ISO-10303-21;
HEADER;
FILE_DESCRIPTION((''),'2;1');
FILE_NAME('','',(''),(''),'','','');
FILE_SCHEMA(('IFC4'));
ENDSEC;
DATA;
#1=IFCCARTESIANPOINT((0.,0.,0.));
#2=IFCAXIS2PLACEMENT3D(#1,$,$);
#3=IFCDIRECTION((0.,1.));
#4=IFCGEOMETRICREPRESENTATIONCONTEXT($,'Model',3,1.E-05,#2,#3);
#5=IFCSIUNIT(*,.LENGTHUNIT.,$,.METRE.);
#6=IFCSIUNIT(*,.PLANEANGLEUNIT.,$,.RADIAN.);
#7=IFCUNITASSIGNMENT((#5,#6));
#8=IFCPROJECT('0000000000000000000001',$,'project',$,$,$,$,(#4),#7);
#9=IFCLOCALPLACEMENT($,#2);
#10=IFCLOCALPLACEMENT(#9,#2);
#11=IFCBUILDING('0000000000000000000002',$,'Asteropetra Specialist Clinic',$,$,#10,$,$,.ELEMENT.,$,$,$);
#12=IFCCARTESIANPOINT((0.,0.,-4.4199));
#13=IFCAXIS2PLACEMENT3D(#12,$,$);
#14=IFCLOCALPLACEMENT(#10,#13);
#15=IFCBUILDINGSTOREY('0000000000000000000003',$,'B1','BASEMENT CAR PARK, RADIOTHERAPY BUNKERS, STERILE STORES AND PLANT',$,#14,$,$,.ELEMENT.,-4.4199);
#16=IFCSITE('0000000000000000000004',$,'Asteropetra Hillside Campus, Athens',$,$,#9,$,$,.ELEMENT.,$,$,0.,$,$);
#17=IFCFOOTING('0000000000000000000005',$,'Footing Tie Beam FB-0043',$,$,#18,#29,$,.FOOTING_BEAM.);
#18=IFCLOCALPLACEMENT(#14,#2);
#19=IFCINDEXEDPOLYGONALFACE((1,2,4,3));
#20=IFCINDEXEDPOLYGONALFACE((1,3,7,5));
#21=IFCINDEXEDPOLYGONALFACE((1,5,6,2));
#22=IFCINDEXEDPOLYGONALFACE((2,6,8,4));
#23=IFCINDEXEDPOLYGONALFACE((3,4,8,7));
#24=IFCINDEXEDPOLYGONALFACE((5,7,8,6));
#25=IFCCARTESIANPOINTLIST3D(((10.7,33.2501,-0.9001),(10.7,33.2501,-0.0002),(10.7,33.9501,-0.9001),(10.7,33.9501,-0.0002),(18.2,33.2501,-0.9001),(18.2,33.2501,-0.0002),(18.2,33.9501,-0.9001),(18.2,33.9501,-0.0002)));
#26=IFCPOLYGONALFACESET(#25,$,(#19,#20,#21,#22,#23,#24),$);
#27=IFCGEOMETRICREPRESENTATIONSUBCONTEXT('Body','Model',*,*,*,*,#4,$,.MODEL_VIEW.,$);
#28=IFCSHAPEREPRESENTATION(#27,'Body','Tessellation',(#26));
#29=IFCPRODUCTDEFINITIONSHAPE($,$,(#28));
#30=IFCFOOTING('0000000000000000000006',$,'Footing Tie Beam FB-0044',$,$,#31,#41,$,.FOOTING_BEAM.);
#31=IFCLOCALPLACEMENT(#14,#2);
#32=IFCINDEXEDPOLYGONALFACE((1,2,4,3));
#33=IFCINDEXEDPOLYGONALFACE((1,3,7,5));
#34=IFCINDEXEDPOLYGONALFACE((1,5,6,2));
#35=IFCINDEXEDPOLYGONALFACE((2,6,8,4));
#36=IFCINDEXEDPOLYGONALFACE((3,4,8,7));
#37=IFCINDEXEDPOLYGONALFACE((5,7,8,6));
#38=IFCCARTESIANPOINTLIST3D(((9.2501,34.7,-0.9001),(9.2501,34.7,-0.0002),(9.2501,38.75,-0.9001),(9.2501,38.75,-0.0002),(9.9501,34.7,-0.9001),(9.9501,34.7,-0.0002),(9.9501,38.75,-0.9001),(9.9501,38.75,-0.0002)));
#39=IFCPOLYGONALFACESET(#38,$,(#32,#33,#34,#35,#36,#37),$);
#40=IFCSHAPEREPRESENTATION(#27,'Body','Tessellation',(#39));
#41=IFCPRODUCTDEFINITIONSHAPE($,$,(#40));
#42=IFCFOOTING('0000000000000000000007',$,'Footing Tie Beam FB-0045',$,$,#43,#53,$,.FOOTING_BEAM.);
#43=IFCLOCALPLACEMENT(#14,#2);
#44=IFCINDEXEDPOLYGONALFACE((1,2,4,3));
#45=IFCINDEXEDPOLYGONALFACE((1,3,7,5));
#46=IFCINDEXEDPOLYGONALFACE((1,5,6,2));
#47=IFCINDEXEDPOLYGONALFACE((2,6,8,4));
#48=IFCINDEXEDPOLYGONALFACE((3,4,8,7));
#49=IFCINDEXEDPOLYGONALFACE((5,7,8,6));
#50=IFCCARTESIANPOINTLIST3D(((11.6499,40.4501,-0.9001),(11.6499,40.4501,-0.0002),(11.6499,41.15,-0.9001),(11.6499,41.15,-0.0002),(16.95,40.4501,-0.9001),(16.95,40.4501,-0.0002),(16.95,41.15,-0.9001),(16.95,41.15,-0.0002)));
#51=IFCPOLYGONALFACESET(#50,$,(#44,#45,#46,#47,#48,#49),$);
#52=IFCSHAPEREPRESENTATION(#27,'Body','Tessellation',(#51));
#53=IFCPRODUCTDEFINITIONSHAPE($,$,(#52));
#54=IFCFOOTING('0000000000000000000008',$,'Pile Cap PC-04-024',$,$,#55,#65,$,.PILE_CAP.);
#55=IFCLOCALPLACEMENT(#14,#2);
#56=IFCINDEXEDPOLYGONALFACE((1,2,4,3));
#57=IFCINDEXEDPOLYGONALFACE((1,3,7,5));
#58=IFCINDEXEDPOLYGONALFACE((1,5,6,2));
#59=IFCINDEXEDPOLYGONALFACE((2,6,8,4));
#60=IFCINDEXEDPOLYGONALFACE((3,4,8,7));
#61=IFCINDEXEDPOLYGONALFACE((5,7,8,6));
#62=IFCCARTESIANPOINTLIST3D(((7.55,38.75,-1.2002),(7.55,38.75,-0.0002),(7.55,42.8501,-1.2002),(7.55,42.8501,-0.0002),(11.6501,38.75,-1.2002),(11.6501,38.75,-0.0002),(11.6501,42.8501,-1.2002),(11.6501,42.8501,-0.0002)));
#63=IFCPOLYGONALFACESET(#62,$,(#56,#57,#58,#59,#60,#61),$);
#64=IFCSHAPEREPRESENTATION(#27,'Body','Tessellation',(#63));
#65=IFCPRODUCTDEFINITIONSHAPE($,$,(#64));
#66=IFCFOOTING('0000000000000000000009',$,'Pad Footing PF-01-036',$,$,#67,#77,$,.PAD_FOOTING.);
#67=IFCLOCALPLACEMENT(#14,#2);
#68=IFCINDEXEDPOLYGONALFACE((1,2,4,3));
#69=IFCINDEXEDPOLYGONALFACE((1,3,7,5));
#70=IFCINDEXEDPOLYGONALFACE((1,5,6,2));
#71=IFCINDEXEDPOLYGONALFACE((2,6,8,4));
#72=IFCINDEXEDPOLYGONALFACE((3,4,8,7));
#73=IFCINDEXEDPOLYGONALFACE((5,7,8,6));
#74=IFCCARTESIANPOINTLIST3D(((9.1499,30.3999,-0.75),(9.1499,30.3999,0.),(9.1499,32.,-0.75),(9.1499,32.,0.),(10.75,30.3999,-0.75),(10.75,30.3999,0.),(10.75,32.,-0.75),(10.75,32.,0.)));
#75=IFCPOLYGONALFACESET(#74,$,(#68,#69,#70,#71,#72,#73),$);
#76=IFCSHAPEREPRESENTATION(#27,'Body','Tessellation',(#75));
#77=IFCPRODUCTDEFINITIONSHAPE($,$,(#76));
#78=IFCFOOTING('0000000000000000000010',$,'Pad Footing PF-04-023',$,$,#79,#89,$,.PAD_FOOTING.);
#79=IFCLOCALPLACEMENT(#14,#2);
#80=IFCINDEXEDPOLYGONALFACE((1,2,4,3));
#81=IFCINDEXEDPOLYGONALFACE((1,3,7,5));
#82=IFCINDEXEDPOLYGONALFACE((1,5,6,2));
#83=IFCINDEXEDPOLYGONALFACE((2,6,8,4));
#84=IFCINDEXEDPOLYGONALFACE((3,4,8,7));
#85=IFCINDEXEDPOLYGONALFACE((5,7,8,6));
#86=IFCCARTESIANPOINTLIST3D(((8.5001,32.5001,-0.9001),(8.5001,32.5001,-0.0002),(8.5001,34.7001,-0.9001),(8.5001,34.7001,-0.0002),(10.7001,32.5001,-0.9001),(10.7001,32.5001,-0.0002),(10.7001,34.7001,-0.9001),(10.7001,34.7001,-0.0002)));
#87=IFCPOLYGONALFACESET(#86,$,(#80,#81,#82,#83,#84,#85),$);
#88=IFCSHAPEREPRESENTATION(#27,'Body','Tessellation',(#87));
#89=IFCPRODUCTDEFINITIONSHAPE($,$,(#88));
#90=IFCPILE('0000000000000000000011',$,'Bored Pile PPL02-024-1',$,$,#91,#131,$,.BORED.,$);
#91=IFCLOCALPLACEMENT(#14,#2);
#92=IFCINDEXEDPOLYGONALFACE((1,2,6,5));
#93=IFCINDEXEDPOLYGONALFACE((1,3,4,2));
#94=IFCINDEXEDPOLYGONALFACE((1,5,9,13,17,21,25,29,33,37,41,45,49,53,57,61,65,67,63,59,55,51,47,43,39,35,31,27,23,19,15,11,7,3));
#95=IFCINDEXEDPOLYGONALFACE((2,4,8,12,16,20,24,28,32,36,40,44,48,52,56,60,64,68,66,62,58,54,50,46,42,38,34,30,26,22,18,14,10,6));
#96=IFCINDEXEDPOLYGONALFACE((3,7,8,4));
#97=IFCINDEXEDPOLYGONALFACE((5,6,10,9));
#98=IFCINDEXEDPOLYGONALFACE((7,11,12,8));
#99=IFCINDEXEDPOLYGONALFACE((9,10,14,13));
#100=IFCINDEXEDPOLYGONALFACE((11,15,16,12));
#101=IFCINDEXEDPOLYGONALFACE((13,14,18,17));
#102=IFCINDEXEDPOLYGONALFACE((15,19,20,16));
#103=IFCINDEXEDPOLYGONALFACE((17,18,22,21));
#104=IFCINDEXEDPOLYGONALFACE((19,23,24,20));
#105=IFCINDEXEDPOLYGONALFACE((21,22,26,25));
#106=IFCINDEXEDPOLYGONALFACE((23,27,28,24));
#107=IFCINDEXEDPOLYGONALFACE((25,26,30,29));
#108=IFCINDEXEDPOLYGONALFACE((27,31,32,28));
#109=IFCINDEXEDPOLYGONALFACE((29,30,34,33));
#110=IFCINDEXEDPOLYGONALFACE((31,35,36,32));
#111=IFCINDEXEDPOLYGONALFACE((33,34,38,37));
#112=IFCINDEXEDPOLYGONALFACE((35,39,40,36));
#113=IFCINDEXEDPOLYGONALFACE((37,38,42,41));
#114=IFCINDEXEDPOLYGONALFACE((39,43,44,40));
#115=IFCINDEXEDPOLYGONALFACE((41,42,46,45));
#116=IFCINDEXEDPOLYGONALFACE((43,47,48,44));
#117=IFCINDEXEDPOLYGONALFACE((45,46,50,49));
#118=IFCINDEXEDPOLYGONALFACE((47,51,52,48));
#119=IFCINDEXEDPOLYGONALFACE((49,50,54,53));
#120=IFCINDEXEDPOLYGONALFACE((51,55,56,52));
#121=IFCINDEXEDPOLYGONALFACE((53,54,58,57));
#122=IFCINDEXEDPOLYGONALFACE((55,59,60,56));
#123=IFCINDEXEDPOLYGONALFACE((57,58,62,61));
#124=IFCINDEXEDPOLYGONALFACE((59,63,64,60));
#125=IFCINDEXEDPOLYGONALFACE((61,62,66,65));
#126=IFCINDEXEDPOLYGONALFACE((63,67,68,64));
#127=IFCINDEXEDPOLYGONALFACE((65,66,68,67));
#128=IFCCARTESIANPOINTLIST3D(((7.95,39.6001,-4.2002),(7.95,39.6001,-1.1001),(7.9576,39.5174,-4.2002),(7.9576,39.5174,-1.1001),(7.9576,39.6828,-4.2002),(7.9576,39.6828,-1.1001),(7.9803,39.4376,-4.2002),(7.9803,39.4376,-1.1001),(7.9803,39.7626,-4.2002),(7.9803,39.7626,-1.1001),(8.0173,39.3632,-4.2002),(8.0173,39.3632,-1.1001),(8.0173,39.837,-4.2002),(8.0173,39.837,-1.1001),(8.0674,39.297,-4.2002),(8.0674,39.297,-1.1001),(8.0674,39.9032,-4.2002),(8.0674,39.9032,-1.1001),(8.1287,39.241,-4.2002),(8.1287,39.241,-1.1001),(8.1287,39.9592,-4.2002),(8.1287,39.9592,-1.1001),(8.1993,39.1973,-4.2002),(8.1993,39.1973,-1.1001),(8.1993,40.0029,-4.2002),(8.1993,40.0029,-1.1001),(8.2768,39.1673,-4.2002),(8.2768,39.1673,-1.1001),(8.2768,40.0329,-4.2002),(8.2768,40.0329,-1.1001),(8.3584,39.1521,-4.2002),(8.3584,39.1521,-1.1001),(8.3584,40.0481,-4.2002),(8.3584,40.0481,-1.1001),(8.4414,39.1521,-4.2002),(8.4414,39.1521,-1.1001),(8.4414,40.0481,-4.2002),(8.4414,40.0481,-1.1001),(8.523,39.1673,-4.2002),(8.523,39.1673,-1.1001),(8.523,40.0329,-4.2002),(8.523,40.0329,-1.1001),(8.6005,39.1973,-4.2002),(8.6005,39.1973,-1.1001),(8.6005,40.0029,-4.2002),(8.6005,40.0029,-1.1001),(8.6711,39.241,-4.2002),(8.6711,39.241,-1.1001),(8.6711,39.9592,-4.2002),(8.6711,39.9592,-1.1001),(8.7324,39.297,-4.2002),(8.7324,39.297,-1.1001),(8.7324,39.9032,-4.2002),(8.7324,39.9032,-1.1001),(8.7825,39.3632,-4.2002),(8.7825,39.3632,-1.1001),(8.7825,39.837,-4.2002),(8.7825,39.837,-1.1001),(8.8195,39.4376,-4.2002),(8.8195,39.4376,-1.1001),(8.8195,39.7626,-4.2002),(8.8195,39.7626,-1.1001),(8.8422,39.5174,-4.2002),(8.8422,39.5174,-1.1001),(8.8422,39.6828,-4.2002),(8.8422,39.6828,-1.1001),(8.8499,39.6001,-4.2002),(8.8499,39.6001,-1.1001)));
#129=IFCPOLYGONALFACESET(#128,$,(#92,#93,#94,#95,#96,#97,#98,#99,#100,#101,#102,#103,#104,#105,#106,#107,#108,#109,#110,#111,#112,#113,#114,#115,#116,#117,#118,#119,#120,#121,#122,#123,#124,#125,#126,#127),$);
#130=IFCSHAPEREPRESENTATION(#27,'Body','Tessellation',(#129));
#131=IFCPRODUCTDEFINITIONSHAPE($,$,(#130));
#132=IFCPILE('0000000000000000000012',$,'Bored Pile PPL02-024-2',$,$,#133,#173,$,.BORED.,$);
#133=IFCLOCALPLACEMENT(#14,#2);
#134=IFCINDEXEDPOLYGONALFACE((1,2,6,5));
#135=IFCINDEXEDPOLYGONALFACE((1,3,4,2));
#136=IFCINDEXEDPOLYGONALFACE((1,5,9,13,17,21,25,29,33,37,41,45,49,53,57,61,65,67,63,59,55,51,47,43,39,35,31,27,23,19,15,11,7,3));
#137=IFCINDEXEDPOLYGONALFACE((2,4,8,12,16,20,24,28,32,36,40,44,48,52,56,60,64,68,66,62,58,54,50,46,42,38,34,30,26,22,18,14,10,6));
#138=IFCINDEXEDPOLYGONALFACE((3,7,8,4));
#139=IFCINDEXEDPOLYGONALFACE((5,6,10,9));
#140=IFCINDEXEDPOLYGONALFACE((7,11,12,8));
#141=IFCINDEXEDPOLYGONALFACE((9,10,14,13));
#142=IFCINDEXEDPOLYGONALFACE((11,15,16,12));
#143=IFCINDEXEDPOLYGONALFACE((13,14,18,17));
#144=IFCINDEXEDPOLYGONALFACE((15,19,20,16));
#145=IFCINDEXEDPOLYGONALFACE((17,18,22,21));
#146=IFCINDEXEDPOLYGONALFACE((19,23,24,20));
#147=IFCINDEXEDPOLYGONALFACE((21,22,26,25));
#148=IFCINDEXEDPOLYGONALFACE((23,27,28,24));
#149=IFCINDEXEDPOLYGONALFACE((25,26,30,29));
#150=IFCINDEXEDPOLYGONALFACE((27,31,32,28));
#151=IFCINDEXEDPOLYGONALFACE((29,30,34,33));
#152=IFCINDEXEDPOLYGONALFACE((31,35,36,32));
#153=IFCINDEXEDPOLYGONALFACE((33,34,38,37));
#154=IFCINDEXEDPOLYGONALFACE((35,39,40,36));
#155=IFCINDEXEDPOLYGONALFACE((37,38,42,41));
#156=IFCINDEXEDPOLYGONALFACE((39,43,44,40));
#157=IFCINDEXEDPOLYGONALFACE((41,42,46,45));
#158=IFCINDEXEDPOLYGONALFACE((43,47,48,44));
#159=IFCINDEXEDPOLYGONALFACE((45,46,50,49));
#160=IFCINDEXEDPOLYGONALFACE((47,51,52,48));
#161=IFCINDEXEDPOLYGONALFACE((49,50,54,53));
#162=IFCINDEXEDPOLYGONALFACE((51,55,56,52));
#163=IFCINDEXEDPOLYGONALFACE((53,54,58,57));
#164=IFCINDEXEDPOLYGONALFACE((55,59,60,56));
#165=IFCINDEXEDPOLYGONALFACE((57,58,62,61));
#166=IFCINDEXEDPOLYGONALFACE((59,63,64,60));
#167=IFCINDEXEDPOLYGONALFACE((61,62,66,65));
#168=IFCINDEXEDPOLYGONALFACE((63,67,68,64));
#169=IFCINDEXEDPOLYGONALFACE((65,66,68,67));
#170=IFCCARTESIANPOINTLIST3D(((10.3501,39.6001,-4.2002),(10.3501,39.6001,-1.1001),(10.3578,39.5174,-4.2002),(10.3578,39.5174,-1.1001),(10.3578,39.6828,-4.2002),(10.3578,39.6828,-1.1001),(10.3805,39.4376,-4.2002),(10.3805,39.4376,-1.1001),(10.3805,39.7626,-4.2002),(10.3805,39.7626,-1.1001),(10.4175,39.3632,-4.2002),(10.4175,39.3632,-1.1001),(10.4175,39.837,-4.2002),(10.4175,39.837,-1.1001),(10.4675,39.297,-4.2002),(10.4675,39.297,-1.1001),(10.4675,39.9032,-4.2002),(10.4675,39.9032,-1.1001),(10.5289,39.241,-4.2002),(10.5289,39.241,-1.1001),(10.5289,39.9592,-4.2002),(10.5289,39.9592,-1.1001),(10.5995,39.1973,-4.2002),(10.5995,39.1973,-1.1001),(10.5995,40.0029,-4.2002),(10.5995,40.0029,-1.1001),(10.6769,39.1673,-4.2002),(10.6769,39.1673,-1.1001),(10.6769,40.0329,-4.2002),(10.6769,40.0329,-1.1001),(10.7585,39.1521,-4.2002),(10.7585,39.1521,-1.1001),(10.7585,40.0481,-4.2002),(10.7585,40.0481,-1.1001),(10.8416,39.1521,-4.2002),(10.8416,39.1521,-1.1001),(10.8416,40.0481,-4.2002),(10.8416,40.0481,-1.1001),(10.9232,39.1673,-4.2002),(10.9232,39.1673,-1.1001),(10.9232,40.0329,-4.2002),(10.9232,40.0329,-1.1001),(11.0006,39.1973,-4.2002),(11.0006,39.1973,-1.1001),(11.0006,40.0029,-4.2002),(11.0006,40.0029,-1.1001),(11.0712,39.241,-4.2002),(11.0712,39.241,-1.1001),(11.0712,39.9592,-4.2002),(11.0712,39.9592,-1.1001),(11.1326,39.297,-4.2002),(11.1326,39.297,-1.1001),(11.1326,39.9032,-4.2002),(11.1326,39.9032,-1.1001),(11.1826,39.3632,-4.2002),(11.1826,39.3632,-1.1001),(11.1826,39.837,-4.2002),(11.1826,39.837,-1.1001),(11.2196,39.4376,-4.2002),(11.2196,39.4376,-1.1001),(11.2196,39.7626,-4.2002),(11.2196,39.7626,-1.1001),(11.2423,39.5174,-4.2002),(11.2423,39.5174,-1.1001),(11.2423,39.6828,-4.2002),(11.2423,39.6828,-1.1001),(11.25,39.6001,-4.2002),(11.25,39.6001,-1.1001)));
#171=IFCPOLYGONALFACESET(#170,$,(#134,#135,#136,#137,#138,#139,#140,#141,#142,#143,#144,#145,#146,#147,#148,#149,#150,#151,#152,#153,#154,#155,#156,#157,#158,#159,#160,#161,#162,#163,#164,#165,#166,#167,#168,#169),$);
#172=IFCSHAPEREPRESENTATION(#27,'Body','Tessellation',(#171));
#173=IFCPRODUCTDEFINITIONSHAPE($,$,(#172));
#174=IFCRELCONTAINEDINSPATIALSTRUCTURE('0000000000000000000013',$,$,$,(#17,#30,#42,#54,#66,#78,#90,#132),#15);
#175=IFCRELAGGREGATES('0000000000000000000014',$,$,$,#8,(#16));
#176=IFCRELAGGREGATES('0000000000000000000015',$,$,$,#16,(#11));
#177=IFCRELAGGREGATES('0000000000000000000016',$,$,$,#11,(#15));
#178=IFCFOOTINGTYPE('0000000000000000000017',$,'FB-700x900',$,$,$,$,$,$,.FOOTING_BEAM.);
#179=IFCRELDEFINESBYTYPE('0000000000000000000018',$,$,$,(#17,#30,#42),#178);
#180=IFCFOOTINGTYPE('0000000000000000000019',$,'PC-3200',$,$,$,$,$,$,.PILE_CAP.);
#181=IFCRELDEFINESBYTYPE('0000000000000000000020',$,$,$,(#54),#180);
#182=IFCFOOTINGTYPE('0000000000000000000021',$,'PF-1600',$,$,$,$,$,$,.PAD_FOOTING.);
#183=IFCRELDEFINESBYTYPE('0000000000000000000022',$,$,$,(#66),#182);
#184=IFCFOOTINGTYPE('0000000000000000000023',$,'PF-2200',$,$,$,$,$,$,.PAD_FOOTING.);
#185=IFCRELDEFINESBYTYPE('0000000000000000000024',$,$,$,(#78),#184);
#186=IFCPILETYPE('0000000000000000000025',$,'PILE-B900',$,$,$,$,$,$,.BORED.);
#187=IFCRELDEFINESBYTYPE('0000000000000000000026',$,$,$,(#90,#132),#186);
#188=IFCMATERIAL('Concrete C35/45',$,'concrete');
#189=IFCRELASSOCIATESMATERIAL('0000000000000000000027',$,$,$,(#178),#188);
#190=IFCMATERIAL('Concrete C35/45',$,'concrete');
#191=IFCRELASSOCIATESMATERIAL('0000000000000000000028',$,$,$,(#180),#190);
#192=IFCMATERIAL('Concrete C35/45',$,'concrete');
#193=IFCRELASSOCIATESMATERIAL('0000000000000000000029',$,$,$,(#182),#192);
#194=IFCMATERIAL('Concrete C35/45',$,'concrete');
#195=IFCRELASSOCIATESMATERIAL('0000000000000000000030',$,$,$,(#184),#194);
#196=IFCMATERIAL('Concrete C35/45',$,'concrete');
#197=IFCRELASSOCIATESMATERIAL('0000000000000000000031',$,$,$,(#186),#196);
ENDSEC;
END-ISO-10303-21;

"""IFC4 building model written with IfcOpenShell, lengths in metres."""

from ifc_helpers import new_model, si_unit, direction, frame, origin, origin_2d, place, context, subcontext, project, spatial, rectangle, circle, extrude, material, material_profile, profile_set, type_object, element, save


model = new_model("IFC4")

# Units and contexts
model_context = context("Model", 3, precision=1e-05, world=origin(), true_north=direction((0.0, 1.0)))
body_context = subcontext(model_context, "Body", "Model", "MODEL_VIEW")
ifc_project = project(units=[si_unit("LENGTHUNIT", "METRE"), si_unit("PLANEANGLEUNIT", "RADIAN")], contexts=[model_context])

# Site, building, storey
site_placement = place(None, origin())
site = spatial("IfcSite", under=ifc_project, at=site_placement, Name="Asteropetra Hillside Campus, Athens", CompositionType="ELEMENT", RefElevation=0.0)
building_placement = place(site_placement, origin())
building = spatial("IfcBuilding", under=site, at=building_placement, Name="Asteropetra Specialist Clinic", CompositionType="ELEMENT")
storey_placement = place(building_placement, frame((0.0, 0.0, -4.4199)))
storey = spatial("IfcBuildingStorey", under=building, at=storey_placement, Name="B1", Description="BASEMENT CAR PARK, RADIOTHERAPY BUNKERS, STERILE STORES AND PLANT", CompositionType="ELEMENT", Elevation=-4.4199)

# Footings
ifc_material_1 = material(Name="Concrete C35/45", Category="concrete")
ifc_material_profile_1 = material_profile(ifc_material_1, rectangle(XDim=0.7, YDim=0.8999, at=origin_2d()), Name="FB 700x900")
ifc_profile_set_1 = profile_set([ifc_material_profile_1], Name="Concrete C35/45")
footing_type_1 = type_object("IfcFootingType", Name="FB-700x900", PredefinedType="FOOTING_BEAM", material=ifc_profile_set_1)
footing_1_placement = place(storey_placement, frame((10.7, 33.6001, -0.4502), z_axis=(1.0, 0.0, 0.0), x_axis=(0.0, 1.0, 0.0)))
element("IfcFooting", 1, at=footing_1_placement, inside=storey, type_object=footing_type_1, Name="Footing Tie Beam FB-0043", PredefinedType="FOOTING_BEAM", context=body_context, shape_type="SweptSolid", body=[
    extrude(rectangle(XDim=0.7, YDim=0.8999, at=origin_2d()), origin(), (0.0, 0.0, 1.0), 7.5),
])
footing_2_placement = place(storey_placement, frame((9.6001, 34.7, -0.4502), z_axis=(0.0, 1.0, 0.0), x_axis=(-1.0, 0.0, 0.0)))
element("IfcFooting", 2, at=footing_2_placement, inside=storey, type_object=footing_type_1, Name="Footing Tie Beam FB-0044", PredefinedType="FOOTING_BEAM", context=body_context, shape_type="SweptSolid", body=[
    extrude(rectangle(XDim=0.7, YDim=0.8999, at=origin_2d()), origin(), (0.0, 0.0, 1.0), 4.05),
])
footing_3_placement = place(storey_placement, frame((11.6499, 40.8, -0.4502), z_axis=(1.0, 0.0, 0.0), x_axis=(0.0, 1.0, 0.0)))
element("IfcFooting", 3, at=footing_3_placement, inside=storey, type_object=footing_type_1, Name="Footing Tie Beam FB-0045", PredefinedType="FOOTING_BEAM", context=body_context, shape_type="SweptSolid", body=[
    extrude(rectangle(XDim=0.7, YDim=0.8999, at=origin_2d()), origin(), (0.0, 0.0, 1.0), 5.3),
])
ifc_material_2 = material(Name="Concrete C35/45", Category="concrete")
footing_type_2 = type_object("IfcFootingType", Name="PC-3200", PredefinedType="PILE_CAP", material=ifc_material_2)
footing_4_placement = place(storey_placement, frame((9.6001, 40.8, -1.2002), z_axis=(0.0, 0.0, 1.0), x_axis=(1.0, 0.0, 0.0)))
element("IfcFooting", 4, at=footing_4_placement, inside=storey, type_object=footing_type_2, Name="Pile Cap PC-04-024", PredefinedType="PILE_CAP", context=body_context, shape_type="SweptSolid", body=[
    extrude(rectangle(XDim=4.1001, YDim=4.1001, at=origin_2d()), origin(), (0.0, 0.0, 1.0), 1.2),
])
ifc_material_3 = material(Name="Concrete C35/45", Category="concrete")
footing_type_3 = type_object("IfcFootingType", Name="PF-1600", PredefinedType="PAD_FOOTING", material=ifc_material_3)
footing_5_placement = place(storey_placement, frame((9.95, 31.2, -0.75), z_axis=(0.0, 0.0, 1.0), x_axis=(1.0, 0.0, 0.0)))
element("IfcFooting", 5, at=footing_5_placement, inside=storey, type_object=footing_type_3, Name="Pad Footing PF-01-036", PredefinedType="PAD_FOOTING", context=body_context, shape_type="SweptSolid", body=[
    extrude(rectangle(XDim=1.6001, YDim=1.6001, at=origin_2d()), origin(), (0.0, 0.0, 1.0), 0.75),
])
ifc_material_4 = material(Name="Concrete C35/45", Category="concrete")
footing_type_4 = type_object("IfcFootingType", Name="PF-2200", PredefinedType="PAD_FOOTING", material=ifc_material_4)
footing_6_placement = place(storey_placement, frame((9.6001, 33.6001, -0.9001), z_axis=(0.0, 0.0, 1.0), x_axis=(1.0, 0.0, 0.0)))
element("IfcFooting", 6, at=footing_6_placement, inside=storey, type_object=footing_type_4, Name="Pad Footing PF-04-023", PredefinedType="PAD_FOOTING", context=body_context, shape_type="SweptSolid", body=[
    extrude(rectangle(XDim=2.2, YDim=2.2, at=origin_2d()), origin(), (0.0, 0.0, 1.0), 0.8999),
])

# Piles
ifc_material_5 = material(Name="Concrete C35/45", Category="concrete")
ifc_material_profile_2 = material_profile(ifc_material_5, circle(Radius=0.45, at=origin_2d()), Name="PILE D900")
ifc_profile_set_2 = profile_set([ifc_material_profile_2], Name="Concrete C35/45")
pile_type = type_object("IfcPileType", Name="PILE-B900", PredefinedType="BORED", material=ifc_profile_set_2)
for number, where, z_axis, x_axis, name in (
    (7, (8.3999, 39.6001, -1.1001), (0.0, 0.0, -1.0), (1.0, 0.0, 0.0), "Bored Pile PPL02-024-1"),
    (8, (10.8, 39.6001, -1.1001), (0.0, 0.0, -1.0), (1.0, 0.0, 0.0), "Bored Pile PPL02-024-2"),
):
    element("IfcPile", number, at=place(storey_placement, frame(where, z_axis=z_axis, x_axis=x_axis)), inside=storey, type_object=pile_type, Name=name, PredefinedType="BORED", context=body_context, shape_type="SweptSolid", body=[
        extrude(circle(Radius=0.45, at=origin_2d()), origin(), (0.0, 0.0, 1.0), 3.1001),
    ])

save(model, "model.ifc")
